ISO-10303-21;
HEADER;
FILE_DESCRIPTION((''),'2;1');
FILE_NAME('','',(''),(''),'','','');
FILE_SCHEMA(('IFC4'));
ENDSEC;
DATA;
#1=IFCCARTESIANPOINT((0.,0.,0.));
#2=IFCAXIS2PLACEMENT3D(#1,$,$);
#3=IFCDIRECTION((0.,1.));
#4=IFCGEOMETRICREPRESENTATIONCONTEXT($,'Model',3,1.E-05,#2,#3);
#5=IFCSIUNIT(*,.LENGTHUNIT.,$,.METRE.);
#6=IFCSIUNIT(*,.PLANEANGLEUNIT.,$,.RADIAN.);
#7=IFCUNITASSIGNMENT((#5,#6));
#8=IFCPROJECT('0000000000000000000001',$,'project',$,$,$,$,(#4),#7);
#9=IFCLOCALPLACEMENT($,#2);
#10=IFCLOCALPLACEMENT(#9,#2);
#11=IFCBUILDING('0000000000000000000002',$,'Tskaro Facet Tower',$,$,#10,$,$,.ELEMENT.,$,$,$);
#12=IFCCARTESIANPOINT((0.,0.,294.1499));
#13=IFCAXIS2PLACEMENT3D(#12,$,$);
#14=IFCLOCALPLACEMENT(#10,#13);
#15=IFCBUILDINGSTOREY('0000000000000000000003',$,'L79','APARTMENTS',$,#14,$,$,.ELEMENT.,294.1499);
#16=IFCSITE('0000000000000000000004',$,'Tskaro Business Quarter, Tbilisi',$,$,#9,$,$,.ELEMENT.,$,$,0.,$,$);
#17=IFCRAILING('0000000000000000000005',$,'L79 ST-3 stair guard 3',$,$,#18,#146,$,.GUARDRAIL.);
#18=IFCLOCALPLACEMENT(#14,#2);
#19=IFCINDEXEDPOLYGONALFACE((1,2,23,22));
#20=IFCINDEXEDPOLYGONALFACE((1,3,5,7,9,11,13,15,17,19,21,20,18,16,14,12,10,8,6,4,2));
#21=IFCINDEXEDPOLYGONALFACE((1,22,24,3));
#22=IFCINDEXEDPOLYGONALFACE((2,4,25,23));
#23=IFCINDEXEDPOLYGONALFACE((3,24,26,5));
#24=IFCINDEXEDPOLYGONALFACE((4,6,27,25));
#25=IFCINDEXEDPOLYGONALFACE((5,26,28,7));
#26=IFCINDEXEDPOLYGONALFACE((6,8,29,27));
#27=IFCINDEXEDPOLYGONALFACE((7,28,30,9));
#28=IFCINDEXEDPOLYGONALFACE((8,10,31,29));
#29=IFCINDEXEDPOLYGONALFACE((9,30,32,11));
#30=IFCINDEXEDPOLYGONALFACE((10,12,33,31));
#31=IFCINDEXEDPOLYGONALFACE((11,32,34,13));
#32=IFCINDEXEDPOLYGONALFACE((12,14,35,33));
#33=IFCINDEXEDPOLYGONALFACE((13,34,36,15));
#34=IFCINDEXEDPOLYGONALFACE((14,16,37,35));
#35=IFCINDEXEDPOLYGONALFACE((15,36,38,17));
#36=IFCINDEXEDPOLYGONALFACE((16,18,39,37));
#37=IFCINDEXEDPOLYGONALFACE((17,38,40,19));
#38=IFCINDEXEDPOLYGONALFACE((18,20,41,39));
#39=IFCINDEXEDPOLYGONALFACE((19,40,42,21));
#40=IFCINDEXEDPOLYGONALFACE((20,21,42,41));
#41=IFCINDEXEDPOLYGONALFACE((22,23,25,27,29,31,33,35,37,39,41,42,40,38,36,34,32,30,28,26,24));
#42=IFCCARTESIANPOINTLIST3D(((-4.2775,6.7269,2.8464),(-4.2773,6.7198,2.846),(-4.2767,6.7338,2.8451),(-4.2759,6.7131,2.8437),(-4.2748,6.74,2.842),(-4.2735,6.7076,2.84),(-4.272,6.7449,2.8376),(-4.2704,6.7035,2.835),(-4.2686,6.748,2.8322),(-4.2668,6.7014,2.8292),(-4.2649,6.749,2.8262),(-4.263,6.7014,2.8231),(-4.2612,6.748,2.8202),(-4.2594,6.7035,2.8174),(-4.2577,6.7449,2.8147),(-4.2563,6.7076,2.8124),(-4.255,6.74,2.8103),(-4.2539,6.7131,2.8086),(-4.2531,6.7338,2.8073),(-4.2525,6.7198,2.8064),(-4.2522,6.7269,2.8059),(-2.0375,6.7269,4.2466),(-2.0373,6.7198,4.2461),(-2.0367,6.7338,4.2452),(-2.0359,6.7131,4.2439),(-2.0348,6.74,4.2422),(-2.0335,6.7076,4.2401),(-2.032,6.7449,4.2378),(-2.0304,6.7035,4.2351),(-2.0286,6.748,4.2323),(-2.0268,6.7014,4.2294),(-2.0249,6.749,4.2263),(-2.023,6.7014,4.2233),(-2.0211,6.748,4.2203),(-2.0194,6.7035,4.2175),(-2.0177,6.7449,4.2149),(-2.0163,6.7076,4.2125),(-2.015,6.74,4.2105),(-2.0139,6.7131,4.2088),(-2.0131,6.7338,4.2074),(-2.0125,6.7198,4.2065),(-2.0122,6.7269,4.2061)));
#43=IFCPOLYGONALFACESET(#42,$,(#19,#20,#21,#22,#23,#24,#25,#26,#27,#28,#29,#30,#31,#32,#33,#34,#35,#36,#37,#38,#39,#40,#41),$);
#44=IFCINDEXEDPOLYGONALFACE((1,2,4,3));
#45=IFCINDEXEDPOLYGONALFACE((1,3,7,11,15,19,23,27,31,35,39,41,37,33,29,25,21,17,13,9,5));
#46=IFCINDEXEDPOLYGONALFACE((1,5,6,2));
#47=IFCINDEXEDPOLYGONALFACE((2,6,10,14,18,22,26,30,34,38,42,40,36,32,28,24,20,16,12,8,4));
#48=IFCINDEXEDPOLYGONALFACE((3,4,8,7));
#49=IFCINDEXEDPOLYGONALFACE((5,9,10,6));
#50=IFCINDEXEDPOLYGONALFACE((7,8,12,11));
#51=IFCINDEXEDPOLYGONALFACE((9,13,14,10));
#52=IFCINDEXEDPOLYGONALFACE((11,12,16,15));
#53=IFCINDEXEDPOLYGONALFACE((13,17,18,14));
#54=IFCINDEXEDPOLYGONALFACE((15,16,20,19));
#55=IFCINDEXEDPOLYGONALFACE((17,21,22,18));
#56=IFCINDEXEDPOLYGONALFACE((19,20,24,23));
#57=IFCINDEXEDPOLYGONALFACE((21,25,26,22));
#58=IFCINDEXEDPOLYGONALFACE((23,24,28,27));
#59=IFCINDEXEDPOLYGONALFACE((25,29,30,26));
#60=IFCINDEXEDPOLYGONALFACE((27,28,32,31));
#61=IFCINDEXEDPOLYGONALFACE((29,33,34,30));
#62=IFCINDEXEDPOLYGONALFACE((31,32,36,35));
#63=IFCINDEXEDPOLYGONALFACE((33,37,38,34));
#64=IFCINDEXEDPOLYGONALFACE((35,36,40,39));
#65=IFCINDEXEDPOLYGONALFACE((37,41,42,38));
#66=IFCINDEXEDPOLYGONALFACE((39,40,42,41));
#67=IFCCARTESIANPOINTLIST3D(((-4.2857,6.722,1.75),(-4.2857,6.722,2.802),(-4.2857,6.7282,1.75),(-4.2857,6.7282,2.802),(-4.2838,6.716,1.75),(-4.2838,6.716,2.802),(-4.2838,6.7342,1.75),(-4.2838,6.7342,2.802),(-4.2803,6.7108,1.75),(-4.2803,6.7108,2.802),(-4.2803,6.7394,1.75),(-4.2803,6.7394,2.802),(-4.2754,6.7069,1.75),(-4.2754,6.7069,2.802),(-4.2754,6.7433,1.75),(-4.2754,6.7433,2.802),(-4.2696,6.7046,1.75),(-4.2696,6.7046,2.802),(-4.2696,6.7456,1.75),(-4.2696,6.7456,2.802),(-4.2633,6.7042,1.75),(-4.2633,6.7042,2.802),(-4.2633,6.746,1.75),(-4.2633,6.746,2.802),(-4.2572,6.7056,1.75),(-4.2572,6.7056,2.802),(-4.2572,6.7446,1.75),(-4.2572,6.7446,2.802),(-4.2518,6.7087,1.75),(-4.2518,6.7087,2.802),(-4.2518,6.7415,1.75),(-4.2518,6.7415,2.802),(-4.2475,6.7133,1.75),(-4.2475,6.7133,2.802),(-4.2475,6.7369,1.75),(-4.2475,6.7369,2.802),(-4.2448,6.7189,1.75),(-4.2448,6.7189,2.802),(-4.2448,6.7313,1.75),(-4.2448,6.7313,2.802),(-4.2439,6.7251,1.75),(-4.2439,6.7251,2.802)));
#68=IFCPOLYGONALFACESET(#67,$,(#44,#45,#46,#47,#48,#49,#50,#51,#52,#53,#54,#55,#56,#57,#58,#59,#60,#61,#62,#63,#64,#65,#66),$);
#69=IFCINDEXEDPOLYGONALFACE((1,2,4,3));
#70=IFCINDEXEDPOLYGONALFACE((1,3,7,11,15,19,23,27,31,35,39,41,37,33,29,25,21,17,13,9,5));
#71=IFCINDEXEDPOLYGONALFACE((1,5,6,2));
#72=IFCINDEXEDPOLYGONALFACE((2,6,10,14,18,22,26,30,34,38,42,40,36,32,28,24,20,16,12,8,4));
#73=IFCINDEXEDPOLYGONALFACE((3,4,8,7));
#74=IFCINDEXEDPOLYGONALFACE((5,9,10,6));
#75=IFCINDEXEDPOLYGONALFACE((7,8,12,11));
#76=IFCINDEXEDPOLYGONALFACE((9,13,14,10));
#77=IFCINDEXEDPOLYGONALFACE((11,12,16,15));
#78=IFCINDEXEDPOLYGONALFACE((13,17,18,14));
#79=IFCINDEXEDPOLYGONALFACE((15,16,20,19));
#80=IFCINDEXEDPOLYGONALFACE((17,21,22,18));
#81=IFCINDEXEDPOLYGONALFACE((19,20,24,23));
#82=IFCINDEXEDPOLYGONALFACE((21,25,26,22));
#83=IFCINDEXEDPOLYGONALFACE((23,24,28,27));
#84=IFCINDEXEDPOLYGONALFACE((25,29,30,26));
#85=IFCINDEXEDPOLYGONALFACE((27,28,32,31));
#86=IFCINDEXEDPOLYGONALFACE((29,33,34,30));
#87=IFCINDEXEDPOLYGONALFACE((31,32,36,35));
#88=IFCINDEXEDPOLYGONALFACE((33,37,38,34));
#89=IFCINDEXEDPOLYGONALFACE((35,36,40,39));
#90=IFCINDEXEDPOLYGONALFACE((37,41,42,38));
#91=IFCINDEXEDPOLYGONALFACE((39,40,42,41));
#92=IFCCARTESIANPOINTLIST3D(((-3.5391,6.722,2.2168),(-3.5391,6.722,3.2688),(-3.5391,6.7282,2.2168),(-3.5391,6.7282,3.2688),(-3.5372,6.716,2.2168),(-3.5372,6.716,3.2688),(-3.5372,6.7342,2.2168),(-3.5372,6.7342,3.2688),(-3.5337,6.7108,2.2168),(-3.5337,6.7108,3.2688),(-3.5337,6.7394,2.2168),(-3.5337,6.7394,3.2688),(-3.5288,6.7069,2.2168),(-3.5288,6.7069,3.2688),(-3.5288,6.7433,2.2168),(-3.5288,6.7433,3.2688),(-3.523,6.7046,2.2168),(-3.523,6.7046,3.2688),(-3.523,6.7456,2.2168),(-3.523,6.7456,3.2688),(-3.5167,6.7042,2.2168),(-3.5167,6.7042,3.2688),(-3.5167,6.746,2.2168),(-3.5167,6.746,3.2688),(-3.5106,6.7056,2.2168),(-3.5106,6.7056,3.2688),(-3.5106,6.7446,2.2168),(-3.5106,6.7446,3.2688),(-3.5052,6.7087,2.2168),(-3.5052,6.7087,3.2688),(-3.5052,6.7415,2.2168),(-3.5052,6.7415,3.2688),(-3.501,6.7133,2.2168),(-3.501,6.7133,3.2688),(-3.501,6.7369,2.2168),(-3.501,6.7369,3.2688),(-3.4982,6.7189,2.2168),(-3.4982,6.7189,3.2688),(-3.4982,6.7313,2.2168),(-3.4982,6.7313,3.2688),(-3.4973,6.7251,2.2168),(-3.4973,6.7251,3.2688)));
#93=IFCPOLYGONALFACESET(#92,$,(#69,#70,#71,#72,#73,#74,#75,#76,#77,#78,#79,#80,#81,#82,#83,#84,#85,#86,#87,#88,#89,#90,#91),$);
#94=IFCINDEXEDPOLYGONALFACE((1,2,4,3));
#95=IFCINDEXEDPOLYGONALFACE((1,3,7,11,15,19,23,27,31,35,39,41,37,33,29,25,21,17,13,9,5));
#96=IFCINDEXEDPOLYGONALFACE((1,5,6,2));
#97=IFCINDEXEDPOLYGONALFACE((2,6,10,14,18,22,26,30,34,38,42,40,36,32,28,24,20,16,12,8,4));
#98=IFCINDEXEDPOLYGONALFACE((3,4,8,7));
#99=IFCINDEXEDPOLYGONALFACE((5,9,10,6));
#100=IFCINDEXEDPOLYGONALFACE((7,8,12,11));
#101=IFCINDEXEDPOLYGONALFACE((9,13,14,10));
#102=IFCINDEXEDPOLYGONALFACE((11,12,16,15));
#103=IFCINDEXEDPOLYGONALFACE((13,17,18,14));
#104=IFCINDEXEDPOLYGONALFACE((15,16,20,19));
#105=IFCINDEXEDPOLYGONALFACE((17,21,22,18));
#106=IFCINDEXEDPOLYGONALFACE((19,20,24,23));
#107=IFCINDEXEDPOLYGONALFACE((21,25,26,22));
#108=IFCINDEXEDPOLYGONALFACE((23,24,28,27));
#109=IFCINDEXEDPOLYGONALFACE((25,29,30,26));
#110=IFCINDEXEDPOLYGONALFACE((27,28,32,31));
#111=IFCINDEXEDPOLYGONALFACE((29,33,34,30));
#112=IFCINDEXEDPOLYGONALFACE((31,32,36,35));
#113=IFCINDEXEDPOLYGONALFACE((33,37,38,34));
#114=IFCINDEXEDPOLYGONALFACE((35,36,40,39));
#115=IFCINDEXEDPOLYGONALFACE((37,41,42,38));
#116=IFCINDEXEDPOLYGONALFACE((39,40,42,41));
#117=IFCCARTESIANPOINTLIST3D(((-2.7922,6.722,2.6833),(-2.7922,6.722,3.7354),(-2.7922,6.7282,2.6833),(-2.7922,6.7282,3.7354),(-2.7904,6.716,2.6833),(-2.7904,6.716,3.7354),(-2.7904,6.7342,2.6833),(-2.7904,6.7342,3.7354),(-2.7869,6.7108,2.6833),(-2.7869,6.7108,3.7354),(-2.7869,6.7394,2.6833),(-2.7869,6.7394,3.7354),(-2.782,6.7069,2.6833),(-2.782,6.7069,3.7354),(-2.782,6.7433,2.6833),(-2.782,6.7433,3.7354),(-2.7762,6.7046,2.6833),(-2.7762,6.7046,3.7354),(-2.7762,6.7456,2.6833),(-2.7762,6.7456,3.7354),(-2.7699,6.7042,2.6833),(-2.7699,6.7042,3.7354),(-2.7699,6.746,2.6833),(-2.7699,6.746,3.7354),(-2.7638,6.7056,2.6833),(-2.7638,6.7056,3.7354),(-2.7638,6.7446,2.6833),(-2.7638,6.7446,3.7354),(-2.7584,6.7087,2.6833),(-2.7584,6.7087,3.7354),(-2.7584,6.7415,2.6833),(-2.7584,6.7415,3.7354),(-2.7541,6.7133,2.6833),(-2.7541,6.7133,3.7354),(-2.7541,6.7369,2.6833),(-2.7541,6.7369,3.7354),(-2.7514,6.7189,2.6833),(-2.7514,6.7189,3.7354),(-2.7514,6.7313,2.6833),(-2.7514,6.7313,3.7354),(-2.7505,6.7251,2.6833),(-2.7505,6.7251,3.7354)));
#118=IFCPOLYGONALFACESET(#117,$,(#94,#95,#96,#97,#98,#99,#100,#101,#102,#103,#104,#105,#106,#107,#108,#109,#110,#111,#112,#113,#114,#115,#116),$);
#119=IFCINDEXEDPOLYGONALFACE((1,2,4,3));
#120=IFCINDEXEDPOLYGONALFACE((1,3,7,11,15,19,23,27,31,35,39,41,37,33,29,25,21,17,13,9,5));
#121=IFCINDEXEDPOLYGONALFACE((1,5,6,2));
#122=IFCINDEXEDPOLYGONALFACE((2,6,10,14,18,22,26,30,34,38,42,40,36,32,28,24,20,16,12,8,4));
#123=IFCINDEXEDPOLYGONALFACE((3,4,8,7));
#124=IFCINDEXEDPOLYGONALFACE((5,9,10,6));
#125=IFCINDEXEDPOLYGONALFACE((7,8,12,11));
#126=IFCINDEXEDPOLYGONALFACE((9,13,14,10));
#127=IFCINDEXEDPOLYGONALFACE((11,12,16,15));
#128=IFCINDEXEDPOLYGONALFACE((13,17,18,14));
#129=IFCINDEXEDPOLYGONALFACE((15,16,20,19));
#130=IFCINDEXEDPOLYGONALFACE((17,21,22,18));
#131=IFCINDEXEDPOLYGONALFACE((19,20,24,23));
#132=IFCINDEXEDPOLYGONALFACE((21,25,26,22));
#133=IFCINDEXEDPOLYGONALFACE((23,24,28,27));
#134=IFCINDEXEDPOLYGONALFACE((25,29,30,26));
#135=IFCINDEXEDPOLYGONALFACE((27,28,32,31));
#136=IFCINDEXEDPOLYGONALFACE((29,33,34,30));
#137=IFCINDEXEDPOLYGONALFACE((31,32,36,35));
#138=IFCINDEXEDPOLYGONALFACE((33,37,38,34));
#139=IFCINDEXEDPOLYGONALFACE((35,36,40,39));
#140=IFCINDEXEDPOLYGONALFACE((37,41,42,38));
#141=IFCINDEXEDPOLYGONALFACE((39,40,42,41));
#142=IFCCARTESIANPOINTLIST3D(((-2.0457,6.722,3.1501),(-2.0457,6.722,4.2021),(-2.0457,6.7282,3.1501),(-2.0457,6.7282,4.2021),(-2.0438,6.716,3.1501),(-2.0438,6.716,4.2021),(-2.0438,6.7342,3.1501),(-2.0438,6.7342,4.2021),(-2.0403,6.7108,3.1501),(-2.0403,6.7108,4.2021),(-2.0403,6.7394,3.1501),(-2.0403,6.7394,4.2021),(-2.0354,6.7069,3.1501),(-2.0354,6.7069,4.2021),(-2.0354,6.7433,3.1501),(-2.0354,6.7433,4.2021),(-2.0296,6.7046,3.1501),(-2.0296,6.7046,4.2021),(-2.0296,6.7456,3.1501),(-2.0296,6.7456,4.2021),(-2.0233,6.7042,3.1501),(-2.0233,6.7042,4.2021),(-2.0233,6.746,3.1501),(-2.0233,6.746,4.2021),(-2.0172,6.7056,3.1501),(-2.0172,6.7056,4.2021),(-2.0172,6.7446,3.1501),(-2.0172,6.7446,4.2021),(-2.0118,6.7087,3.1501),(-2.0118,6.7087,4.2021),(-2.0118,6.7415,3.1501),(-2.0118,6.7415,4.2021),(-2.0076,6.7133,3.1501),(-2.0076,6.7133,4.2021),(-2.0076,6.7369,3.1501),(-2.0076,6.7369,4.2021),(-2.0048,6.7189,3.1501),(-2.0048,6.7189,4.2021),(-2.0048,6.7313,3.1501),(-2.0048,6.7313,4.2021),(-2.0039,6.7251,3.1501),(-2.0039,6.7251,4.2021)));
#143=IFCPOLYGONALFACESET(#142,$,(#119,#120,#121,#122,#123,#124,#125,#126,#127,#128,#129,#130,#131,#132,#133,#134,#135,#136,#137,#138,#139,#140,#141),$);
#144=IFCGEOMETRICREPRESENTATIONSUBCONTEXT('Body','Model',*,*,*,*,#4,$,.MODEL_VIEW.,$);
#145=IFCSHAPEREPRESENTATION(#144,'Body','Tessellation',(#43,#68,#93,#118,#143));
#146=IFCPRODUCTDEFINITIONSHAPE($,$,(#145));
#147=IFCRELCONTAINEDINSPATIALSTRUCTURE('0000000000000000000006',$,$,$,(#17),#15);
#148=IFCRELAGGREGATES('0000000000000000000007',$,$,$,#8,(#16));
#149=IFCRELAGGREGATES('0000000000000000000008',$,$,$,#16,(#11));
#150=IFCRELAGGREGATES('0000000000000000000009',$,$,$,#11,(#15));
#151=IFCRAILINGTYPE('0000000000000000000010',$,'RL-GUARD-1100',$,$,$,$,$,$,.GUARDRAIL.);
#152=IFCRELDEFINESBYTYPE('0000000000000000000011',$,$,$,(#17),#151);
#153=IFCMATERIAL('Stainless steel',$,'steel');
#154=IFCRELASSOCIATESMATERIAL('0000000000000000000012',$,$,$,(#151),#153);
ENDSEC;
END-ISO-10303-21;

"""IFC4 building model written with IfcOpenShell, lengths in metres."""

from ifc_helpers import new_model, si_unit, direction, frame, origin, origin_2d, place, context, subcontext, project, spatial, circle, extrude, material, type_object, element, save


model = new_model("IFC4")

# Units and contexts
model_context = context("Model", 3, precision=1e-05, world=origin(), true_north=direction((0.0, 1.0)))
body_context = subcontext(model_context, "Body", "Model", "MODEL_VIEW")
ifc_project = project(units=[si_unit("LENGTHUNIT", "METRE"), si_unit("PLANEANGLEUNIT", "RADIAN")], contexts=[model_context])

# Site, building, storey
site_placement = place(None, origin())
site = spatial("IfcSite", under=ifc_project, at=site_placement, Name="Tskaro Business Quarter, Tbilisi", CompositionType="ELEMENT", RefElevation=0.0)
building_placement = place(site_placement, origin())
building = spatial("IfcBuilding", under=site, at=building_placement, Name="Tskaro Facet Tower", CompositionType="ELEMENT")
storey_placement = place(building_placement, frame((0.0, 0.0, 294.1499)))
storey = spatial("IfcBuildingStorey", under=building, at=storey_placement, Name="L79", Description="APARTMENTS", CompositionType="ELEMENT", Elevation=294.1499)

# Railing
ifc_material_1 = material(Name="Stainless steel", Category="steel")
railing_type_1 = type_object("IfcRailingType", Name="RL-GUARD-1100", PredefinedType="GUARDRAIL", material=ifc_material_1)
railing_1_placement = place(storey_placement, frame((-4.2649, 6.7251, 1.75)))
element("IfcRailing", 1, at=railing_1_placement, inside=storey, type_object=railing_type_1, Name="L79 ST-3 stair guard 3", PredefinedType="GUARDRAIL", context=body_context, shape_type="SweptSolid", body=[
    extrude(circle(Radius=0.0239, at=origin_2d()), frame((0.0, 0.0, 1.0762), z_axis=(0.847972, 0.0, 0.53004), x_axis=(0.0, 1.0, 0.0)), (0.0, 0.0, 1.0), 2.6416),
    extrude(circle(Radius=0.021, at=origin_2d()), origin(), (0.0, 0.0, 1.0), 1.052),
    extrude(circle(Radius=0.021, at=origin_2d()), frame((0.7466, 0.0, 0.4668)), (0.0, 0.0, 1.0), 1.052),
    extrude(circle(Radius=0.021, at=origin_2d()), frame((1.4934, 0.0, 0.9333)), (0.0, 0.0, 1.0), 1.052),
    extrude(circle(Radius=0.021, at=origin_2d()), frame((2.24, 0.0, 1.4001)), (0.0, 0.0, 1.0), 1.052),
])

save(model, "model.ifc")
